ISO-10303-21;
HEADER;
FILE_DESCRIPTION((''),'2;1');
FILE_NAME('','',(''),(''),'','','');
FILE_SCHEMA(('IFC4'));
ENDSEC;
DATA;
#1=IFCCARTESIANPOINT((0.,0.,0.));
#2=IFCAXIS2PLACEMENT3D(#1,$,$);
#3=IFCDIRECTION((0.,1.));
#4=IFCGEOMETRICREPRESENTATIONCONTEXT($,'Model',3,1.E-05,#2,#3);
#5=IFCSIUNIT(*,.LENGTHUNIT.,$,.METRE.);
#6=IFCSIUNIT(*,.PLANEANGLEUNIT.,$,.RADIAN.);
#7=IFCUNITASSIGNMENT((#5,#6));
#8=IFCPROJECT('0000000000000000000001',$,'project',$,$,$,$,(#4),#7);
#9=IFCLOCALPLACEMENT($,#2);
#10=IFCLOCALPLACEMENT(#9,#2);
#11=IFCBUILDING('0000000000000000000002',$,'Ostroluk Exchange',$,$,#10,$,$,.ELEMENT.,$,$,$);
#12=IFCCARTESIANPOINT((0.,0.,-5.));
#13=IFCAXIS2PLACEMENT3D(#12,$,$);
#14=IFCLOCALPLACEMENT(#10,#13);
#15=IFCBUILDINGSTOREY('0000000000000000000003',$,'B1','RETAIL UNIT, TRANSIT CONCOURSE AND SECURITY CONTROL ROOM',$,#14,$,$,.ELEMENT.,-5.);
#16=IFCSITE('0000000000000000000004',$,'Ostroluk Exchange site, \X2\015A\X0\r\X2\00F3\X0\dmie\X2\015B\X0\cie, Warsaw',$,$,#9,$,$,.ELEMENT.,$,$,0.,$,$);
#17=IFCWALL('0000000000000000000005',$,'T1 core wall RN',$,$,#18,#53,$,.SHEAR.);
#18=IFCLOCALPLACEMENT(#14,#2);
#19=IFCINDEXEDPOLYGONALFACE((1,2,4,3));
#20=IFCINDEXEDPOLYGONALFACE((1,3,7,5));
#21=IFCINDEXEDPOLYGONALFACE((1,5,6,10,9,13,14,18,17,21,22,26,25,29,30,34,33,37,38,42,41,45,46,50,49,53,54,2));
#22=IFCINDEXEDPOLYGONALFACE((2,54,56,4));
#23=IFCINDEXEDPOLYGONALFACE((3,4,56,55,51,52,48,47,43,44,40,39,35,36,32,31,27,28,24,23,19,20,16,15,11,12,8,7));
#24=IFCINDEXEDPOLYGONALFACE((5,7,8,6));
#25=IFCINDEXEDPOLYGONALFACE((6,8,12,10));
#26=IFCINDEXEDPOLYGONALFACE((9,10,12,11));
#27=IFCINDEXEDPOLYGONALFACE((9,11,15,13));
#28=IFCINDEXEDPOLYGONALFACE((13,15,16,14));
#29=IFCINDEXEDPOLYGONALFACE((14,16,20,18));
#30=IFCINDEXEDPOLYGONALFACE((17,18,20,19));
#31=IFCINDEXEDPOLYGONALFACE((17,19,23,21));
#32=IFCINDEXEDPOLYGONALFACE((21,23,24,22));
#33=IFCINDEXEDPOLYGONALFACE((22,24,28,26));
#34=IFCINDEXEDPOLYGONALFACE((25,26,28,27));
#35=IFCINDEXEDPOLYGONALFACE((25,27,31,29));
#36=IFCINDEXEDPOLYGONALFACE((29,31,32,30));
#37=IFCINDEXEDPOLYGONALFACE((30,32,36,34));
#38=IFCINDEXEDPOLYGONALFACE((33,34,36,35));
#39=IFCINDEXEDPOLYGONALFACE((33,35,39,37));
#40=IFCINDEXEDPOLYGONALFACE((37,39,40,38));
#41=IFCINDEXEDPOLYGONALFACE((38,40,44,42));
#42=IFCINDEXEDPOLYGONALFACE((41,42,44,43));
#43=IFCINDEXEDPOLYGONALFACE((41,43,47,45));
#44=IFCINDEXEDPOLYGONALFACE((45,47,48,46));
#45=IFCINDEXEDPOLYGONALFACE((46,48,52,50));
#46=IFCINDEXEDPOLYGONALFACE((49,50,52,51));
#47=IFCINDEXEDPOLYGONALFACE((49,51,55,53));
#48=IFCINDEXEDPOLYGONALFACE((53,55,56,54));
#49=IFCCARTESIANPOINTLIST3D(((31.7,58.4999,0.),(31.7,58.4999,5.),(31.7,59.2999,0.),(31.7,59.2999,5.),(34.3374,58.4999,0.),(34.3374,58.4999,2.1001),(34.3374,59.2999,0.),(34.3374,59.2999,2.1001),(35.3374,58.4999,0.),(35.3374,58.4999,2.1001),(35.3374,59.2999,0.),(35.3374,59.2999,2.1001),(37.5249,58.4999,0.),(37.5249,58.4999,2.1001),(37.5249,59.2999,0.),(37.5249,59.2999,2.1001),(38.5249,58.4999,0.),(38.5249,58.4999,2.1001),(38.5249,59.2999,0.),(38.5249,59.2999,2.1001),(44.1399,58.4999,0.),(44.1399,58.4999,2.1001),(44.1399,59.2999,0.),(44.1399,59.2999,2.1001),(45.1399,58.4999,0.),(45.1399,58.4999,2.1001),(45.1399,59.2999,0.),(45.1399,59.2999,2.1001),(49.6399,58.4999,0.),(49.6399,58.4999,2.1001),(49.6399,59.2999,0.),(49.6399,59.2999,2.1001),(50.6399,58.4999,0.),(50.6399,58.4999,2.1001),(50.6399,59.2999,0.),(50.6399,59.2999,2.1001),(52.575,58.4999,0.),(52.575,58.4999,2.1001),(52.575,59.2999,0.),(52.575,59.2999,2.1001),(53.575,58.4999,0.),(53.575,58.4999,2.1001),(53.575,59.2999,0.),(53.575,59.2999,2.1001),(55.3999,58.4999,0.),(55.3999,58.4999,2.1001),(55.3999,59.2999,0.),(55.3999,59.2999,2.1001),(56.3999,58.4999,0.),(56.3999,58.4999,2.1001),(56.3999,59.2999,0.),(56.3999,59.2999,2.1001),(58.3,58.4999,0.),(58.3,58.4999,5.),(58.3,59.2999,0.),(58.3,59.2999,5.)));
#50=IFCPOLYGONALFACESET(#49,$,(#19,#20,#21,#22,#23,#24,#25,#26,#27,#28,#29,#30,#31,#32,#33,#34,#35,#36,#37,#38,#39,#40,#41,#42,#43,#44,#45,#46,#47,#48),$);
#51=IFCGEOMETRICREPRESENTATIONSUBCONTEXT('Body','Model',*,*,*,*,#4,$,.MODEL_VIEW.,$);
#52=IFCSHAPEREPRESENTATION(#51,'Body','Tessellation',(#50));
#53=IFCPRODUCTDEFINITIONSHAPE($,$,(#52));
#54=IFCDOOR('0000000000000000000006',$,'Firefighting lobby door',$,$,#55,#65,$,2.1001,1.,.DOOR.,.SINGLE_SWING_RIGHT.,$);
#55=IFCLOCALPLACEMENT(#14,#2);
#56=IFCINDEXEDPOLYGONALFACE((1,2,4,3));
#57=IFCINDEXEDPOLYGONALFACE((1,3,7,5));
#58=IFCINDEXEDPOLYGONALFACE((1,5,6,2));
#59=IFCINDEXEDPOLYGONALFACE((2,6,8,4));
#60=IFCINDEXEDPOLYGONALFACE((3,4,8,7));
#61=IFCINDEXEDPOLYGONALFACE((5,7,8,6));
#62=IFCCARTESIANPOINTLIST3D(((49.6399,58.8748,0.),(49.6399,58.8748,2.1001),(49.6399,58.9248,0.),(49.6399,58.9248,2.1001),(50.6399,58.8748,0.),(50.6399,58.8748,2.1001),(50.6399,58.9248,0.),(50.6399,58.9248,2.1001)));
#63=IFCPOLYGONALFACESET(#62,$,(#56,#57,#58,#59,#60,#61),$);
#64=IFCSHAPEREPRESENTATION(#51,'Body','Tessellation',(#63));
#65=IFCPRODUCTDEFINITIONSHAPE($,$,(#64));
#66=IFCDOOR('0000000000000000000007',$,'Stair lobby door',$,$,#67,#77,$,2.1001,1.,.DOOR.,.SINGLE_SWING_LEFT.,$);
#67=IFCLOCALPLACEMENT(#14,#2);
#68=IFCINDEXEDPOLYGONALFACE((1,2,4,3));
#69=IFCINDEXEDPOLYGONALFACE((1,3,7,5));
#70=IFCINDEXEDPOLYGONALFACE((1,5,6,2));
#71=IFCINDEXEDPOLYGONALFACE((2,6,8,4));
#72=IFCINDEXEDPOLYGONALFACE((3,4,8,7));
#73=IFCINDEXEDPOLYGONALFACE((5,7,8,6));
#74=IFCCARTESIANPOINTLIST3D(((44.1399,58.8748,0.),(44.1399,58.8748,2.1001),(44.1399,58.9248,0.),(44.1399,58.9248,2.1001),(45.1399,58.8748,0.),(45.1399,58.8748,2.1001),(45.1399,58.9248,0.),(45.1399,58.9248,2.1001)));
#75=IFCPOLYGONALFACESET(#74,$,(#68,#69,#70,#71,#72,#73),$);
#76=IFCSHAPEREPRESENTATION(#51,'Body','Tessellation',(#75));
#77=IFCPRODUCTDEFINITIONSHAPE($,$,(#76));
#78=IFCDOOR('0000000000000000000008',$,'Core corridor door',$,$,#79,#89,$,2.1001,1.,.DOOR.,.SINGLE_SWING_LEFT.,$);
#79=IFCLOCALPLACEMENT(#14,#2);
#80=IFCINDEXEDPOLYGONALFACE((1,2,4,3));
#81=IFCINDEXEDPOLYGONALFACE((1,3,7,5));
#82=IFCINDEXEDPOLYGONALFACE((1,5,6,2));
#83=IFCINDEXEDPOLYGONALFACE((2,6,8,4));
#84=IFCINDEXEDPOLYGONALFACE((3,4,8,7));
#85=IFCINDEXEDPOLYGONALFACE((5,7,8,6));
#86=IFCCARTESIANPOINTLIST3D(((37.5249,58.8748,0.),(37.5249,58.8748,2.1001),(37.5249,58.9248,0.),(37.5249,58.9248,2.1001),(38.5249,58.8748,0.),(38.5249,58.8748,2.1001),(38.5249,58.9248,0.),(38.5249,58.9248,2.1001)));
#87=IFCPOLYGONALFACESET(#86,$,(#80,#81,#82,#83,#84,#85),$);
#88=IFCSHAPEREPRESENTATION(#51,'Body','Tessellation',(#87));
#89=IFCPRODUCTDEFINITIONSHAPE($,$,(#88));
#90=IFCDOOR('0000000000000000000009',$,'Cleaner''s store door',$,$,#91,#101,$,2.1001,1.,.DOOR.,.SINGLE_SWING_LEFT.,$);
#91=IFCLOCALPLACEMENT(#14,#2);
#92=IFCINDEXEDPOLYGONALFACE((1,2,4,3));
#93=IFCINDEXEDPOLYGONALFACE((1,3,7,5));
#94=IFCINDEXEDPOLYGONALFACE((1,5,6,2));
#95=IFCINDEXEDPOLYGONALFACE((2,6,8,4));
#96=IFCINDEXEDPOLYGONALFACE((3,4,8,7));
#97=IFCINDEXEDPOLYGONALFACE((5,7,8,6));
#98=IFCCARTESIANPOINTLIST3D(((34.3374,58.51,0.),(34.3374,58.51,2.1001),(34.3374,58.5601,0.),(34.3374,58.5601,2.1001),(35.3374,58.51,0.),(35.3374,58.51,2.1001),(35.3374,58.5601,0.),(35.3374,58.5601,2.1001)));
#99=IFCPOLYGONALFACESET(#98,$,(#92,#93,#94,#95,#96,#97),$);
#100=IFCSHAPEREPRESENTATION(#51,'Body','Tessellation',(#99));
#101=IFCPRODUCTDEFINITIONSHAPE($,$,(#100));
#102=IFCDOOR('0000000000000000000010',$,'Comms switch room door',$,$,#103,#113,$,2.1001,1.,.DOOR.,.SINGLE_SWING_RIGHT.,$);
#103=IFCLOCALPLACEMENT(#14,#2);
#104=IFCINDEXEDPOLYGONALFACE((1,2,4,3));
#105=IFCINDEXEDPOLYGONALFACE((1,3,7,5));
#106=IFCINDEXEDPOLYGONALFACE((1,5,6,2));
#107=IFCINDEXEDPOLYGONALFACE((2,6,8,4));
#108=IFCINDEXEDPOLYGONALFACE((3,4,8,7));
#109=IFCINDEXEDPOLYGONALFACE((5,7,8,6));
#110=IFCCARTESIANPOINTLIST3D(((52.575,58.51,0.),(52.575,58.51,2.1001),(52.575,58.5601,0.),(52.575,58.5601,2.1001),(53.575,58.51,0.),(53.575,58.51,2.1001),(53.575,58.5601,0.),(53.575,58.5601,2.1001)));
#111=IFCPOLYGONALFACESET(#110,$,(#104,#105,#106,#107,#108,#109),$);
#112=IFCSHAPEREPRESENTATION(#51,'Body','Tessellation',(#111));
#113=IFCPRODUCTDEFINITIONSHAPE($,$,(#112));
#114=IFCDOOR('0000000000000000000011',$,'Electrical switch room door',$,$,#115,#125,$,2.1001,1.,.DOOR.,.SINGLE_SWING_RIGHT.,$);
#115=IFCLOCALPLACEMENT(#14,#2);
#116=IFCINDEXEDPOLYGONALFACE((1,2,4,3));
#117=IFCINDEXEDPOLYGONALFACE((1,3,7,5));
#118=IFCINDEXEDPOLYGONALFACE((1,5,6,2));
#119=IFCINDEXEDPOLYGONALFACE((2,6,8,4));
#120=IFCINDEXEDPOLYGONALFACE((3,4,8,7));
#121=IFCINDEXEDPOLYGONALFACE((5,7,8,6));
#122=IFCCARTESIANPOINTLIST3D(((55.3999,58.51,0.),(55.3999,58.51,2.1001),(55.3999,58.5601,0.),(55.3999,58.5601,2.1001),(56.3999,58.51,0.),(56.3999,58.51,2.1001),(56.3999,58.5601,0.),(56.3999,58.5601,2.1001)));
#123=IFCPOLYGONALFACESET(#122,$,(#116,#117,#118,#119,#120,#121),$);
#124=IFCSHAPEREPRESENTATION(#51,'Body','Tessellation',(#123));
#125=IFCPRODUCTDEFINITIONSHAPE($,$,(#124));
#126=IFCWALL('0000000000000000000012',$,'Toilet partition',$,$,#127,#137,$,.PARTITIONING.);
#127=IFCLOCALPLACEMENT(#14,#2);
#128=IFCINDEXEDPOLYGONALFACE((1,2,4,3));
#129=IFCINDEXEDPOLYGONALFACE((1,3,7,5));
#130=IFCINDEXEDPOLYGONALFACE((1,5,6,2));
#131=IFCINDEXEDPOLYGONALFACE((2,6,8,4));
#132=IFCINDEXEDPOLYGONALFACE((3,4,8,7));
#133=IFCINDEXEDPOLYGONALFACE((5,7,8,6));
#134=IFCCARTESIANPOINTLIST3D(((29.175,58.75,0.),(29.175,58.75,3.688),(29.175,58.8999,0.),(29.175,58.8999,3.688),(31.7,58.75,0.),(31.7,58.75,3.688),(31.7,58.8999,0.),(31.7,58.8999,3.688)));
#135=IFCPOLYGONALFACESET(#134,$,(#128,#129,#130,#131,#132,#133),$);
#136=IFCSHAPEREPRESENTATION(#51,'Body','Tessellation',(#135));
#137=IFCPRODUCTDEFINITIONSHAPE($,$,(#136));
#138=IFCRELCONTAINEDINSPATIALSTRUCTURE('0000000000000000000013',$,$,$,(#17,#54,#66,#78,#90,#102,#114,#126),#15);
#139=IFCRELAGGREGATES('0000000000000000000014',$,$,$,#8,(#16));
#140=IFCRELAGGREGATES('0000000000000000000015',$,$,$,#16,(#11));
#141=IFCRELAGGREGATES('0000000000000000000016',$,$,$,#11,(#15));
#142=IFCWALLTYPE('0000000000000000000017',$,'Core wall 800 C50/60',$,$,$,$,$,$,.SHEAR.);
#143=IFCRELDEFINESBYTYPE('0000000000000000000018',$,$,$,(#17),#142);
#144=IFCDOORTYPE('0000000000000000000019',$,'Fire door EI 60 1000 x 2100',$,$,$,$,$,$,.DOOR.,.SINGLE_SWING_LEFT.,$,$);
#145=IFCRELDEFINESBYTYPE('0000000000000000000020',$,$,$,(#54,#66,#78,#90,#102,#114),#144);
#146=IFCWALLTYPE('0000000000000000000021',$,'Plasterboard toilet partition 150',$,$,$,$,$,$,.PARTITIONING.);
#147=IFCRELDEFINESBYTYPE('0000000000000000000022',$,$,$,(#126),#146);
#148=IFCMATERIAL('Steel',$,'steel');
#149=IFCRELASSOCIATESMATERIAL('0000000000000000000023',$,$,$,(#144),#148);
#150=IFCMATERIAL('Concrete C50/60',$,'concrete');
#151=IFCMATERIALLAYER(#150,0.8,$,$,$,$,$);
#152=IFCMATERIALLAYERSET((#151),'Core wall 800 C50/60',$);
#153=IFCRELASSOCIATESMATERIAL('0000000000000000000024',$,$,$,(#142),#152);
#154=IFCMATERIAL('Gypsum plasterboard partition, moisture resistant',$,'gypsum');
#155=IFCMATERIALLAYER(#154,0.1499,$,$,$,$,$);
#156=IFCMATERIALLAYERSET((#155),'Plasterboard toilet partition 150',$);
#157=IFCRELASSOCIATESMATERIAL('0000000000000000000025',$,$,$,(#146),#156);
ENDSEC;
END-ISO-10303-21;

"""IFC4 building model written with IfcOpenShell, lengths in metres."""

from ifc_helpers import new_model, si_unit, direction, frame, frame_2d, origin, place, context, subcontext, project, spatial, rectangle, extrude, material, layer, layer_set, type_object, element, fill, save


model = new_model("IFC4")

# Units and contexts
model_context = context("Model", 3, precision=1e-05, world=origin(), true_north=direction((0.0, 1.0)))
body_context = subcontext(model_context, "Body", "Model", "MODEL_VIEW")
ifc_project = project(units=[si_unit("LENGTHUNIT", "METRE"), si_unit("PLANEANGLEUNIT", "RADIAN")], contexts=[model_context])

# Site, building, storey
site_placement = place(None, origin())
site = spatial("IfcSite", under=ifc_project, at=site_placement, Name="Ostroluk Exchange site, Śródmieście, Warsaw", CompositionType="ELEMENT", RefElevation=0.0)
building_placement = place(site_placement, origin())
building = spatial("IfcBuilding", under=site, at=building_placement, Name="Ostroluk Exchange", CompositionType="ELEMENT")
storey_placement = place(building_placement, frame((0.0, 0.0, -5.0)))
storey = spatial("IfcBuildingStorey", under=building, at=storey_placement, Name="B1", Description="RETAIL UNIT, TRANSIT CONCOURSE AND SECURITY CONTROL ROOM", CompositionType="ELEMENT", Elevation=-5.0)

# Wall, openings, doors
ifc_material_1 = material(Name="Steel", Category="steel")
door_type = type_object("IfcDoorType", Name="Fire door EI 60 1000 x 2100", OperationType="SINGLE_SWING_LEFT", PredefinedType="DOOR", material=ifc_material_1)
ifc_material_2 = material(Name="Concrete C50/60", Category="concrete")
ifc_layer_1 = layer(ifc_material_2, 0.8)
ifc_layer_set_1 = layer_set([ifc_layer_1], Name="Core wall 800 C50/60")
wall_type_1 = type_object("IfcWallType", Name="Core wall 800 C50/60", PredefinedType="SHEAR", material=ifc_layer_set_1)
wall_1_placement = place(storey_placement, frame((31.7, 58.8999, 0.0), z_axis=(0.0, 0.0, 1.0), x_axis=(1.0, 0.0, 0.0)))
wall_1 = element("IfcWall", 1, at=wall_1_placement, inside=storey, type_object=wall_type_1, Name="T1 core wall RN", PredefinedType="SHEAR", context=body_context, shape_type="SweptSolid", body=[
    extrude(rectangle(XDim=26.6001, YDim=0.8, at=frame_2d((13.3, 0.0))), origin(), (0.0, 0.0, 1.0), 5.0),
])
opening_1_placement = place(wall_1_placement, frame((17.9399, 0.0, 0.0)))
opening_1 = element("IfcOpeningElement", 2, at=opening_1_placement, cuts=wall_1, PredefinedType="OPENING", context=body_context, shape_type="SweptSolid", body=[
    extrude(rectangle(XDim=1.0, YDim=2.1001, at=frame_2d((0.5, 1.05))), frame((0.0, 0.4099, 0.0), z_axis=(0.0, -1.0, 0.0), x_axis=(1.0, 0.0, 0.0)), (0.0, 0.0, 1.0), 0.8201),
])
opening_2_placement = place(wall_1_placement, frame((12.4399, 0.0, 0.0)))
opening_2 = element("IfcOpeningElement", 3, at=opening_2_placement, cuts=wall_1, PredefinedType="OPENING", context=body_context, shape_type="SweptSolid", body=[
    extrude(rectangle(XDim=1.0, YDim=2.1001, at=frame_2d((0.5, 1.05))), frame((0.0, 0.4099, 0.0), z_axis=(0.0, -1.0, 0.0), x_axis=(1.0, 0.0, 0.0)), (0.0, 0.0, 1.0), 0.8201),
])
opening_3_placement = place(wall_1_placement, frame((5.825, 0.0, 0.0)))
opening_3 = element("IfcOpeningElement", 4, at=opening_3_placement, cuts=wall_1, PredefinedType="OPENING", context=body_context, shape_type="SweptSolid", body=[
    extrude(rectangle(XDim=1.0, YDim=2.1001, at=frame_2d((0.5, 1.05))), frame((0.0, 0.4099, 0.0), z_axis=(0.0, -1.0, 0.0), x_axis=(1.0, 0.0, 0.0)), (0.0, 0.0, 1.0), 0.8201),
])
opening_4_placement = place(wall_1_placement, frame((2.6375, 0.0, 0.0)))
opening_4 = element("IfcOpeningElement", 5, at=opening_4_placement, cuts=wall_1, PredefinedType="OPENING", context=body_context, shape_type="SweptSolid", body=[
    extrude(rectangle(XDim=1.0, YDim=2.1001, at=frame_2d((0.5, 1.05))), frame((0.0, 0.4099, 0.0), z_axis=(0.0, -1.0, 0.0), x_axis=(1.0, 0.0, 0.0)), (0.0, 0.0, 1.0), 0.8201),
])
opening_5_placement = place(wall_1_placement, frame((20.875, 0.0, 0.0)))
opening_5 = element("IfcOpeningElement", 6, at=opening_5_placement, cuts=wall_1, PredefinedType="OPENING", context=body_context, shape_type="SweptSolid", body=[
    extrude(rectangle(XDim=1.0, YDim=2.1001, at=frame_2d((0.5, 1.05))), frame((0.0, 0.4099, 0.0), z_axis=(0.0, -1.0, 0.0), x_axis=(1.0, 0.0, 0.0)), (0.0, 0.0, 1.0), 0.8201),
])
opening_6_placement = place(wall_1_placement, frame((23.7, 0.0, 0.0)))
opening_6 = element("IfcOpeningElement", 7, at=opening_6_placement, cuts=wall_1, PredefinedType="OPENING", context=body_context, shape_type="SweptSolid", body=[
    extrude(rectangle(XDim=1.0, YDim=2.1001, at=frame_2d((0.5, 1.05))), frame((0.0, 0.4099, 0.0), z_axis=(0.0, -1.0, 0.0), x_axis=(1.0, 0.0, 0.0)), (0.0, 0.0, 1.0), 0.8201),
])
door_1_placement = place(opening_1_placement, origin())
door_1 = element("IfcDoor", 8, at=door_1_placement, inside=storey, type_object=door_type, Name="Firefighting lobby door", OperationType="SINGLE_SWING_RIGHT", OverallHeight=2.1001, OverallWidth=1.0, PredefinedType="DOOR", context=body_context, shape_type="SweptSolid", body=[
    extrude(rectangle(XDim=1.0, YDim=2.1001, at=frame_2d((0.5, 1.05))), frame((0.0, 0.0249, 0.0), z_axis=(0.0, -1.0, 0.0), x_axis=(1.0, 0.0, 0.0)), (0.0, 0.0, 1.0), 0.05),
])
fill(opening_1, door_1)
door_2_placement = place(opening_2_placement, origin())
door_2 = element("IfcDoor", 9, at=door_2_placement, inside=storey, type_object=door_type, Name="Stair lobby door", OperationType="SINGLE_SWING_LEFT", OverallHeight=2.1001, OverallWidth=1.0, PredefinedType="DOOR", context=body_context, shape_type="SweptSolid", body=[
    extrude(rectangle(XDim=1.0, YDim=2.1001, at=frame_2d((0.5, 1.05))), frame((0.0, 0.0249, 0.0), z_axis=(0.0, -1.0, 0.0), x_axis=(1.0, 0.0, 0.0)), (0.0, 0.0, 1.0), 0.05),
])
fill(opening_2, door_2)
door_3_placement = place(opening_3_placement, origin())
door_3 = element("IfcDoor", 10, at=door_3_placement, inside=storey, type_object=door_type, Name="Core corridor door", OperationType="SINGLE_SWING_LEFT", OverallHeight=2.1001, OverallWidth=1.0, PredefinedType="DOOR", context=body_context, shape_type="SweptSolid", body=[
    extrude(rectangle(XDim=1.0, YDim=2.1001, at=frame_2d((0.5, 1.05))), frame((0.0, 0.0249, 0.0), z_axis=(0.0, -1.0, 0.0), x_axis=(1.0, 0.0, 0.0)), (0.0, 0.0, 1.0), 0.05),
])
fill(opening_3, door_3)
door_4_placement = place(opening_4_placement, origin())
door_4 = element("IfcDoor", 11, at=door_4_placement, inside=storey, type_object=door_type, Name="Cleaner's store door", OperationType="SINGLE_SWING_LEFT", OverallHeight=2.1001, OverallWidth=1.0, PredefinedType="DOOR", context=body_context, shape_type="SweptSolid", body=[
    extrude(rectangle(XDim=1.0, YDim=2.1001, at=frame_2d((0.5, 1.05))), frame((0.0, -0.3398, 0.0), z_axis=(0.0, -1.0, 0.0), x_axis=(1.0, 0.0, 0.0)), (0.0, 0.0, 1.0), 0.05),
])
fill(opening_4, door_4)
door_5_placement = place(opening_5_placement, origin())
door_5 = element("IfcDoor", 12, at=door_5_placement, inside=storey, type_object=door_type, Name="Comms switch room door", OperationType="SINGLE_SWING_RIGHT", OverallHeight=2.1001, OverallWidth=1.0, PredefinedType="DOOR", context=body_context, shape_type="SweptSolid", body=[
    extrude(rectangle(XDim=1.0, YDim=2.1001, at=frame_2d((0.5, 1.05))), frame((0.0, -0.3398, 0.0), z_axis=(0.0, -1.0, 0.0), x_axis=(1.0, 0.0, 0.0)), (0.0, 0.0, 1.0), 0.05),
])
fill(opening_5, door_5)
door_6_placement = place(opening_6_placement, origin())
door_6 = element("IfcDoor", 13, at=door_6_placement, inside=storey, type_object=door_type, Name="Electrical switch room door", OperationType="SINGLE_SWING_RIGHT", OverallHeight=2.1001, OverallWidth=1.0, PredefinedType="DOOR", context=body_context, shape_type="SweptSolid", body=[
    extrude(rectangle(XDim=1.0, YDim=2.1001, at=frame_2d((0.5, 1.05))), frame((0.0, -0.3398, 0.0), z_axis=(0.0, -1.0, 0.0), x_axis=(1.0, 0.0, 0.0)), (0.0, 0.0, 1.0), 0.05),
])
fill(opening_6, door_6)

# Wall
ifc_material_3 = material(Name="Gypsum plasterboard partition, moisture resistant", Category="gypsum")
ifc_layer_2 = layer(ifc_material_3, 0.1499)
ifc_layer_set_2 = layer_set([ifc_layer_2], Name="Plasterboard toilet partition 150")
wall_type_2 = type_object("IfcWallType", Name="Plasterboard toilet partition 150", PredefinedType="PARTITIONING", material=ifc_layer_set_2)
wall_2_placement = place(storey_placement, frame((29.175, 58.825, 0.0), z_axis=(0.0, 0.0, 1.0), x_axis=(1.0, 0.0, 0.0)))
element("IfcWall", 14, at=wall_2_placement, inside=storey, type_object=wall_type_2, Name="Toilet partition", PredefinedType="PARTITIONING", context=body_context, shape_type="SweptSolid", body=[
    extrude(rectangle(XDim=2.5249, YDim=0.1499, at=frame_2d((1.2625, 0.0))), origin(), (0.0, 0.0, 1.0), 3.688),
])

save(model, "model.ifc")
